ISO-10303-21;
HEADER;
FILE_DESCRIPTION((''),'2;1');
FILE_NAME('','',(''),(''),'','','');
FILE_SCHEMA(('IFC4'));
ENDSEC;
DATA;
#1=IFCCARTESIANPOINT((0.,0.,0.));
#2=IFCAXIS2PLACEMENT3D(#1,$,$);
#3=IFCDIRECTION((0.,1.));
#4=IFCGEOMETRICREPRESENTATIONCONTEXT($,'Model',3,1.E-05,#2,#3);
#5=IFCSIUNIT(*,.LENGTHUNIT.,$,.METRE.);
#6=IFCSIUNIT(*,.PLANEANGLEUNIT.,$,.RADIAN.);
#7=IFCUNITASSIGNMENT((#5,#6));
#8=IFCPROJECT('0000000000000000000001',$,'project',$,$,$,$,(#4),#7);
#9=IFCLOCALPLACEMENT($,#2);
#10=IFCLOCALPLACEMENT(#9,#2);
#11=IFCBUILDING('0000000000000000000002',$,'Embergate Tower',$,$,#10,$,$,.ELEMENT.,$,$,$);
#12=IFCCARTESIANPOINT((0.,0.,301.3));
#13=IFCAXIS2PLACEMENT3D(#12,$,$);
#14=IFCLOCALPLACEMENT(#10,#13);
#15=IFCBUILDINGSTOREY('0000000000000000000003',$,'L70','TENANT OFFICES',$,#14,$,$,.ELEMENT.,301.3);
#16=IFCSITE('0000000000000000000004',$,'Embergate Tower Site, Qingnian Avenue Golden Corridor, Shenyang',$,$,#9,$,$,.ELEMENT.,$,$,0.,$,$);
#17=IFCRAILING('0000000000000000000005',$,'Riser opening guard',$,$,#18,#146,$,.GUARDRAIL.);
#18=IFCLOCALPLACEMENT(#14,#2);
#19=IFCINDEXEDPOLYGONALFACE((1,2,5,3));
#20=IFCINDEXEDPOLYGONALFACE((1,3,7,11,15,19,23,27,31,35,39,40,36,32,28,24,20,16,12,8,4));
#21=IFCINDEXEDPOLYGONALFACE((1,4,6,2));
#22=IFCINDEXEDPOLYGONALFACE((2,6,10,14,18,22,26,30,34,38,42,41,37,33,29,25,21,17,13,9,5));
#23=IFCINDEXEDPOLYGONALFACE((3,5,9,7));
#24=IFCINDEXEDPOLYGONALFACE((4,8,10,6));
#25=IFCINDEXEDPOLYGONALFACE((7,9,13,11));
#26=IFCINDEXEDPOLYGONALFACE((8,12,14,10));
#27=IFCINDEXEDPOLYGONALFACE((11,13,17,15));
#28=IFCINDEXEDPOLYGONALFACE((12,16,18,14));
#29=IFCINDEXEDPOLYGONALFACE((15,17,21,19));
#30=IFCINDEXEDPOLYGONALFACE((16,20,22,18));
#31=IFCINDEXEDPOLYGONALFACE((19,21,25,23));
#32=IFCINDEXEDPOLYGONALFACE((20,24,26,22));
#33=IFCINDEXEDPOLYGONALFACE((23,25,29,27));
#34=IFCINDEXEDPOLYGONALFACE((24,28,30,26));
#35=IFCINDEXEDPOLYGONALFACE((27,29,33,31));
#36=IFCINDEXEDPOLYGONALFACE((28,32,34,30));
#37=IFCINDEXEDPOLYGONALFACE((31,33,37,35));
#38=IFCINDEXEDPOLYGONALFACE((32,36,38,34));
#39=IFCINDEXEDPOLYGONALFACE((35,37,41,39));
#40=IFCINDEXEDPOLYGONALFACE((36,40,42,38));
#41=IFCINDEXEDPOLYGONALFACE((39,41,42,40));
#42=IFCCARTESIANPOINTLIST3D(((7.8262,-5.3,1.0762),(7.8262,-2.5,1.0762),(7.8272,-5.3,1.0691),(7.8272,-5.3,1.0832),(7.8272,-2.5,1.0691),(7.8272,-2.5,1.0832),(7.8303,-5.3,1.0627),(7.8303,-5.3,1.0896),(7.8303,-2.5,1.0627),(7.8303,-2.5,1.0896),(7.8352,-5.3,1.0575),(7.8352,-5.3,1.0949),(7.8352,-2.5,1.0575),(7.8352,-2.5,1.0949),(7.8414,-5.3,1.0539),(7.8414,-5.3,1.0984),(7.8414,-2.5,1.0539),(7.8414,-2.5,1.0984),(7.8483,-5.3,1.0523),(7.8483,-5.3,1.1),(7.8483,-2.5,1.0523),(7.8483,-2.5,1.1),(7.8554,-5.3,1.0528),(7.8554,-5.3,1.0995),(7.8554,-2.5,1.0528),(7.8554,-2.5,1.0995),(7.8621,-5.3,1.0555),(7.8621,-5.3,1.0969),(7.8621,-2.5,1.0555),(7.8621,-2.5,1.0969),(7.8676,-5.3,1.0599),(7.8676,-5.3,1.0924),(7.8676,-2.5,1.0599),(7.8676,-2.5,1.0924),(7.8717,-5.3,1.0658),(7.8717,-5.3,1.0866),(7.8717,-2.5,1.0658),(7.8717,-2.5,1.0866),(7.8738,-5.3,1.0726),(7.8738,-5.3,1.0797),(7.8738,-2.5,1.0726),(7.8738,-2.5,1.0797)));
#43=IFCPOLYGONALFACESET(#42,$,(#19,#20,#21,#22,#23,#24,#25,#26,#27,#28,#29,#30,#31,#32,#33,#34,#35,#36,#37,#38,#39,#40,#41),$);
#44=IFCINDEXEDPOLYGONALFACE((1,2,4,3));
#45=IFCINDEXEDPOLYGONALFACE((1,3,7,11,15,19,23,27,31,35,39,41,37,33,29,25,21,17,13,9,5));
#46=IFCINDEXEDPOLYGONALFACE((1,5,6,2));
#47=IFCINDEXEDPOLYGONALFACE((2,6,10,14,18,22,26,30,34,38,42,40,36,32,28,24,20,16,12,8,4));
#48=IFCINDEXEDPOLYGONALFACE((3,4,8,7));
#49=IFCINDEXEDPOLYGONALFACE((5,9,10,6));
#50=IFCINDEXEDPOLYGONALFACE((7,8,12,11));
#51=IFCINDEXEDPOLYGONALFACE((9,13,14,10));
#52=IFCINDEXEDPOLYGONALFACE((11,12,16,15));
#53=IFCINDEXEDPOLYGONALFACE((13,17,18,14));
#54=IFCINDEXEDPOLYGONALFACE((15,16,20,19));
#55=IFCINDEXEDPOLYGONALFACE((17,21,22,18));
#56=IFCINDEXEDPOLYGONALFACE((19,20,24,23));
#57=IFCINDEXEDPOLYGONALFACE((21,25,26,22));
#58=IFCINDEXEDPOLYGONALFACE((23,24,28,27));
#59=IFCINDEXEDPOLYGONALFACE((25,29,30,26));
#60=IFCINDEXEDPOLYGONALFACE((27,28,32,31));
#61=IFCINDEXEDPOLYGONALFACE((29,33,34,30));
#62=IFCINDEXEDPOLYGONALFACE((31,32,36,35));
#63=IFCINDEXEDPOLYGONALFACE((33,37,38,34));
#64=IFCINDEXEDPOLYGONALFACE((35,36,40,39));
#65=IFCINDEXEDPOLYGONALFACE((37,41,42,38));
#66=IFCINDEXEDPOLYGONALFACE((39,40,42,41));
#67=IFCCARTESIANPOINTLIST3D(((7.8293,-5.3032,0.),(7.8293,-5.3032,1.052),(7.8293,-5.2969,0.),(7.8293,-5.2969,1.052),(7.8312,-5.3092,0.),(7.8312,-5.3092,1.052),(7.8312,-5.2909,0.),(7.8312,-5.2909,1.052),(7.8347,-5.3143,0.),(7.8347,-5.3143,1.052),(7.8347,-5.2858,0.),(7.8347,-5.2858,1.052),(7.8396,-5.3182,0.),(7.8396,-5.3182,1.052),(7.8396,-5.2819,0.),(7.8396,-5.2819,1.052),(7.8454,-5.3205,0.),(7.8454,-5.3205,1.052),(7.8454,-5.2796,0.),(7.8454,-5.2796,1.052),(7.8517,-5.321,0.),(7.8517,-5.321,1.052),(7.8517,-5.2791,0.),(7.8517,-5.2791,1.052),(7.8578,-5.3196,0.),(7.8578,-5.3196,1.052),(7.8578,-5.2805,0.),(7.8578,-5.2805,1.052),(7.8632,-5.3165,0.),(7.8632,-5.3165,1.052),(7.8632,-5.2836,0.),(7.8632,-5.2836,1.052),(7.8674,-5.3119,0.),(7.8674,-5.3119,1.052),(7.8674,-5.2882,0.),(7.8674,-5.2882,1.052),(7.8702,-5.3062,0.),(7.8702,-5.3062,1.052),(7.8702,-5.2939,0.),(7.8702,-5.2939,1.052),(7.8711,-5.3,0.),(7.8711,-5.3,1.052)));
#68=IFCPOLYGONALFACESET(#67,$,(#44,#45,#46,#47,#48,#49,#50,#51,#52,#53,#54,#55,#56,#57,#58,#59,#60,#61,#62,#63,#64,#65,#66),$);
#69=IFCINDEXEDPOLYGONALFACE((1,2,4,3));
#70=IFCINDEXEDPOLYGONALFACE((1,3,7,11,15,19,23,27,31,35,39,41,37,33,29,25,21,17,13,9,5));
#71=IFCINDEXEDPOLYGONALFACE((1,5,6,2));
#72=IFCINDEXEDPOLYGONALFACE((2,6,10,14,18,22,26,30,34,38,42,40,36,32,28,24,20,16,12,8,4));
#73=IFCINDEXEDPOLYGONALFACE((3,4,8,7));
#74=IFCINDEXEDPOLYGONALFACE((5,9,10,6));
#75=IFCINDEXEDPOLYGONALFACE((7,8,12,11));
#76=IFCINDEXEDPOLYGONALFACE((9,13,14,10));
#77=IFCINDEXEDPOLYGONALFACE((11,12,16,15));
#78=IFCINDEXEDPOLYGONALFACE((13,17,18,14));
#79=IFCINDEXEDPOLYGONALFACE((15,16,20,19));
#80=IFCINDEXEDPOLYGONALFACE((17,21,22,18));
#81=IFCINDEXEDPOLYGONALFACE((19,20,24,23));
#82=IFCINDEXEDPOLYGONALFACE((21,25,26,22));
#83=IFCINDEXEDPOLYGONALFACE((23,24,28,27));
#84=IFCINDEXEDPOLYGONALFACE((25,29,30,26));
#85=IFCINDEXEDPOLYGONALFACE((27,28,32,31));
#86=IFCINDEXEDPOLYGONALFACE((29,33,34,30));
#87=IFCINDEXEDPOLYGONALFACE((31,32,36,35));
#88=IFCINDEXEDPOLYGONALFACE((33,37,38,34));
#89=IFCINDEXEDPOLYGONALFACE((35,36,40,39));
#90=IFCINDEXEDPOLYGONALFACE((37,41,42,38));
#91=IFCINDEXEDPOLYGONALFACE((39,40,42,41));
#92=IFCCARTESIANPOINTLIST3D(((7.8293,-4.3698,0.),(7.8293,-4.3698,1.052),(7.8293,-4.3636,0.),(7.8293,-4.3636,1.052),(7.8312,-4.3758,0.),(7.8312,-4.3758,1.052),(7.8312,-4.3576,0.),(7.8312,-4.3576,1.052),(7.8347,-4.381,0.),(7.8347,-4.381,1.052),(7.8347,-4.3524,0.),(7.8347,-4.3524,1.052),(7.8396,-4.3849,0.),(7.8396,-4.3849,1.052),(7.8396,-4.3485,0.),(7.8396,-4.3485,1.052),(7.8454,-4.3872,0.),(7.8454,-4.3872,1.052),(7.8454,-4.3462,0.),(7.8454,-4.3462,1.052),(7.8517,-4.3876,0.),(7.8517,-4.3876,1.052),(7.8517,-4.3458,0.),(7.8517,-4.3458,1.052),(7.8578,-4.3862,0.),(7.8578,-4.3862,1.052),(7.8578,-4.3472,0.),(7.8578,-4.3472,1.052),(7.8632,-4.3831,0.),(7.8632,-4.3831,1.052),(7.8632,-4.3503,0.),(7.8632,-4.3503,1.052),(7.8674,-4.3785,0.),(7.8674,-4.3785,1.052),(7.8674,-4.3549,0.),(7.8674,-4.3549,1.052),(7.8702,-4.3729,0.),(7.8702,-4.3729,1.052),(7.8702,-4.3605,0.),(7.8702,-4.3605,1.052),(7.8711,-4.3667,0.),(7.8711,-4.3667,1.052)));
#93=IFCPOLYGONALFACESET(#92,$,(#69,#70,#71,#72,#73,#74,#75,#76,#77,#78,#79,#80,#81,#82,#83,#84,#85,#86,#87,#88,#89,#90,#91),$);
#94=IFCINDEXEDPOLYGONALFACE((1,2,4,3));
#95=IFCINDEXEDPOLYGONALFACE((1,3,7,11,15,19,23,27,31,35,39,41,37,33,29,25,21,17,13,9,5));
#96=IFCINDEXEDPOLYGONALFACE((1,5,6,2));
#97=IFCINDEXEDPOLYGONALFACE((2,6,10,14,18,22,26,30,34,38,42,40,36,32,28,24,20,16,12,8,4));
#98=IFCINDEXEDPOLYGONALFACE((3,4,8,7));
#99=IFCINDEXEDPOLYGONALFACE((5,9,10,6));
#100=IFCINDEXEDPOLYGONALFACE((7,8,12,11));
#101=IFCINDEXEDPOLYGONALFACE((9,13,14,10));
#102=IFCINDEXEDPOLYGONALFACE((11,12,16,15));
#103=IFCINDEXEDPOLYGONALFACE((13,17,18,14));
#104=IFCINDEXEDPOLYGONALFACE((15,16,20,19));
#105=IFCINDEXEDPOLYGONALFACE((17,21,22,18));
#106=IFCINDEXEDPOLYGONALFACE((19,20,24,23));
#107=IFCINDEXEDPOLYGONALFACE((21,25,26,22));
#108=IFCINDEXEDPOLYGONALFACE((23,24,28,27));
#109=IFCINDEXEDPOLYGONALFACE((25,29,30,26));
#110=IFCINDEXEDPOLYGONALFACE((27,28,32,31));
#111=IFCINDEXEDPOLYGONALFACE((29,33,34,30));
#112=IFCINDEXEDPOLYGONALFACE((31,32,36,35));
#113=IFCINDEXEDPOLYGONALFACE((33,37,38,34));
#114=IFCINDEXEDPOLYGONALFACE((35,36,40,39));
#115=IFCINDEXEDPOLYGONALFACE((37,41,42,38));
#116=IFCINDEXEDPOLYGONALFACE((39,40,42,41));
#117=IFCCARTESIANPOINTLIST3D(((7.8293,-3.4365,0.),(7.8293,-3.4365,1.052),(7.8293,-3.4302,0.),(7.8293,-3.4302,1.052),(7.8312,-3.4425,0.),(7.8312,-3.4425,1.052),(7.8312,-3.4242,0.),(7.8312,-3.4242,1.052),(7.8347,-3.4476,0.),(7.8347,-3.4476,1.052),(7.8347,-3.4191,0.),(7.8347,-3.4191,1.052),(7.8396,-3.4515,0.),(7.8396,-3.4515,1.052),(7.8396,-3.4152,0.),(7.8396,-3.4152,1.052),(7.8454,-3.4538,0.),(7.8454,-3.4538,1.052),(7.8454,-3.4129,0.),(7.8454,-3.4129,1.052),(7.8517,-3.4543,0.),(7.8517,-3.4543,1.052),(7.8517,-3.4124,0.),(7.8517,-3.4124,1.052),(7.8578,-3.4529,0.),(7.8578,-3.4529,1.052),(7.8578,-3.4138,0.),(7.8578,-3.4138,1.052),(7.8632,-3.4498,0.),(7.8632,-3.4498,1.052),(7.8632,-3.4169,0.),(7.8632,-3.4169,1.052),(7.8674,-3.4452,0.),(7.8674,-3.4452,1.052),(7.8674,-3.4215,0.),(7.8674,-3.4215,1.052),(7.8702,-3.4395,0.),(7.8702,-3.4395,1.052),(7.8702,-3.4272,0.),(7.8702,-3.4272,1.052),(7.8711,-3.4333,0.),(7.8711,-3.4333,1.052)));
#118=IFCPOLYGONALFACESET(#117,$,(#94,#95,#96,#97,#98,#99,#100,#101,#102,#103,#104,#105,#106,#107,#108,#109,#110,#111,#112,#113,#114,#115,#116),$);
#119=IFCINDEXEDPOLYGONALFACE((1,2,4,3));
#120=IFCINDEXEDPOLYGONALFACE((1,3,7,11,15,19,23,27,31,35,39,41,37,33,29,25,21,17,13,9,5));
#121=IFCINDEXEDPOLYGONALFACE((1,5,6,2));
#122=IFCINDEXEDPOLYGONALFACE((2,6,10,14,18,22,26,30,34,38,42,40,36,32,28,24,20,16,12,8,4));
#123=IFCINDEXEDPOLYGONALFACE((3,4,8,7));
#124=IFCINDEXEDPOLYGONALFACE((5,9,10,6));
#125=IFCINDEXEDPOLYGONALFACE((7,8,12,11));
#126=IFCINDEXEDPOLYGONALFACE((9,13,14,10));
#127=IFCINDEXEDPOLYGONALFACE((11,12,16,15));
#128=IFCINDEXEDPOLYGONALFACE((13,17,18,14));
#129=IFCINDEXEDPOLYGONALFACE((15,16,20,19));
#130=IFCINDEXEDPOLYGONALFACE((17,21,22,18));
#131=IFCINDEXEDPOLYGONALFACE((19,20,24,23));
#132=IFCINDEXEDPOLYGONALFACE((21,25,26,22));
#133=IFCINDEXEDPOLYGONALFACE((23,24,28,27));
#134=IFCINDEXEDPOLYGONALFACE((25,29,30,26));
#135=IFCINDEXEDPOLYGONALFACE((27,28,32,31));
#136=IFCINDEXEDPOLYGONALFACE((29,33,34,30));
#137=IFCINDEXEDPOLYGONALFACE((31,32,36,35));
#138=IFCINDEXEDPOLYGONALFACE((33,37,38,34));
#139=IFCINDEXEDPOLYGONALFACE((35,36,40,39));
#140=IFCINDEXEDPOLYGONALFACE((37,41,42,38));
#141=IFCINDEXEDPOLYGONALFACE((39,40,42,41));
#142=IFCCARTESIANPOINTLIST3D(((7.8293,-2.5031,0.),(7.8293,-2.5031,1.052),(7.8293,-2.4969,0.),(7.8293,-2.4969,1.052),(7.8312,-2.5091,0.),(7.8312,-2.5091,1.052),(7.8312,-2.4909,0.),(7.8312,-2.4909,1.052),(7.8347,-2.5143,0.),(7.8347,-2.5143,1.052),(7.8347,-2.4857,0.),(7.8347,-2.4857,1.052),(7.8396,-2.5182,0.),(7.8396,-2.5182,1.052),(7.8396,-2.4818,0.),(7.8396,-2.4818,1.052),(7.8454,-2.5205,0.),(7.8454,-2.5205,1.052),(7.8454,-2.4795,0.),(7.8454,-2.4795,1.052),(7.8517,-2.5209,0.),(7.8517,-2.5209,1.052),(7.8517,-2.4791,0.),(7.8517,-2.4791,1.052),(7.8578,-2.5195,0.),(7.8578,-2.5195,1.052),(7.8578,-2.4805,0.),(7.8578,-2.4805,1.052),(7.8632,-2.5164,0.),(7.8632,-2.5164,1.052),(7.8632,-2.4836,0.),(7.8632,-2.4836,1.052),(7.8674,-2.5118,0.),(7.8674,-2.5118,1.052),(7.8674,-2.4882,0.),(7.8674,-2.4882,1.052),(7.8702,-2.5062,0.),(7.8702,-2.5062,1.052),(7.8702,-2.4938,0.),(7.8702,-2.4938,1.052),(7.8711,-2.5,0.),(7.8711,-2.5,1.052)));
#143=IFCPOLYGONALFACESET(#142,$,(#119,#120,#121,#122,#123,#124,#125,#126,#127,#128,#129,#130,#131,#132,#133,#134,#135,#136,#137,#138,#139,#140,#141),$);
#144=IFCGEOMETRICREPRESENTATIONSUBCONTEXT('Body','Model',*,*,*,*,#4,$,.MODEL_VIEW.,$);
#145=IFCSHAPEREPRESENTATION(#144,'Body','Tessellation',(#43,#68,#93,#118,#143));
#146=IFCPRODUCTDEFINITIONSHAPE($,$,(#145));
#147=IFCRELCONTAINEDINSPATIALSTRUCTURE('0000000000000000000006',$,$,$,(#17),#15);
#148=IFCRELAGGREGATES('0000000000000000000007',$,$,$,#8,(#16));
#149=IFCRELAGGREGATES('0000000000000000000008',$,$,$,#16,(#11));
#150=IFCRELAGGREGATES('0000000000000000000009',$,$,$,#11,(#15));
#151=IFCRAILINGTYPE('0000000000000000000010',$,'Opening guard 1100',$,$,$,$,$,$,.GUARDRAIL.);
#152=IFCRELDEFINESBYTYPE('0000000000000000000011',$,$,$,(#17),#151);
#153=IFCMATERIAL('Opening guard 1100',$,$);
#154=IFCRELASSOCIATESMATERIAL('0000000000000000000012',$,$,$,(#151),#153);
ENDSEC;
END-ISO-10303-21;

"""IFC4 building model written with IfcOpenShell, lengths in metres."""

from ifc_helpers import new_model, si_unit, direction, frame, origin, origin_2d, place, context, subcontext, project, spatial, circle, extrude, source, transform, mapped, material, type_object, element, save


model = new_model("IFC4")

# Units and contexts
model_context = context("Model", 3, precision=1e-05, world=origin(), true_north=direction((0.0, 1.0)))
body_context = subcontext(model_context, "Body", "Model", "MODEL_VIEW")
ifc_project = project(units=[si_unit("LENGTHUNIT", "METRE"), si_unit("PLANEANGLEUNIT", "RADIAN")], contexts=[model_context])

# Site, building, storey
site_placement = place(None, origin())
site = spatial("IfcSite", under=ifc_project, at=site_placement, Name="Embergate Tower Site, Qingnian Avenue Golden Corridor, Shenyang", CompositionType="ELEMENT", RefElevation=0.0)
building_placement = place(site_placement, origin())
building = spatial("IfcBuilding", under=site, at=building_placement, Name="Embergate Tower", CompositionType="ELEMENT")
storey_placement = place(building_placement, frame((0.0, 0.0, 301.3)))
storey = spatial("IfcBuildingStorey", under=building, at=storey_placement, Name="L70", Description="TENANT OFFICES", CompositionType="ELEMENT", Elevation=301.3)

# Railing
ifc_material_1 = material(Name="Opening guard 1100")
railing_type_1 = type_object("IfcRailingType", Name="Opening guard 1100", PredefinedType="GUARDRAIL", material=ifc_material_1)
shared_shape_1 = source(origin(), body_context, "Body", "SweptSolid", [
    extrude(circle(Radius=0.0239, at=origin_2d()), frame((0.0, 0.0, 1.0762), z_axis=(0.0, 1.0, 0.0), x_axis=(-1.0, 0.0, 0.0)), (0.0, 0.0, 1.0), 2.8),
    extrude(circle(Radius=0.021, at=origin_2d()), origin(), (0.0, 0.0, 1.0), 1.052),
    extrude(circle(Radius=0.021, at=origin_2d()), frame((0.0, 0.9333, 0.0)), (0.0, 0.0, 1.0), 1.052),
    extrude(circle(Radius=0.021, at=origin_2d()), frame((0.0, 1.8667, 0.0)), (0.0, 0.0, 1.0), 1.052),
    extrude(circle(Radius=0.021, at=origin_2d()), frame((0.0, 2.8, 0.0)), (0.0, 0.0, 1.0), 1.052),
])
railing_1_placement = place(storey_placement, frame((7.8501, -5.3, 0.0)))
element("IfcRailing", 1, at=railing_1_placement, inside=storey, type_object=railing_type_1, Name="Riser opening guard", PredefinedType="GUARDRAIL", context=body_context, shape_type="MappedRepresentation", body=[
    mapped(shared_shape_1, transform((0.0, 0.0, 0.0))),
])

save(model, "model.ifc")
